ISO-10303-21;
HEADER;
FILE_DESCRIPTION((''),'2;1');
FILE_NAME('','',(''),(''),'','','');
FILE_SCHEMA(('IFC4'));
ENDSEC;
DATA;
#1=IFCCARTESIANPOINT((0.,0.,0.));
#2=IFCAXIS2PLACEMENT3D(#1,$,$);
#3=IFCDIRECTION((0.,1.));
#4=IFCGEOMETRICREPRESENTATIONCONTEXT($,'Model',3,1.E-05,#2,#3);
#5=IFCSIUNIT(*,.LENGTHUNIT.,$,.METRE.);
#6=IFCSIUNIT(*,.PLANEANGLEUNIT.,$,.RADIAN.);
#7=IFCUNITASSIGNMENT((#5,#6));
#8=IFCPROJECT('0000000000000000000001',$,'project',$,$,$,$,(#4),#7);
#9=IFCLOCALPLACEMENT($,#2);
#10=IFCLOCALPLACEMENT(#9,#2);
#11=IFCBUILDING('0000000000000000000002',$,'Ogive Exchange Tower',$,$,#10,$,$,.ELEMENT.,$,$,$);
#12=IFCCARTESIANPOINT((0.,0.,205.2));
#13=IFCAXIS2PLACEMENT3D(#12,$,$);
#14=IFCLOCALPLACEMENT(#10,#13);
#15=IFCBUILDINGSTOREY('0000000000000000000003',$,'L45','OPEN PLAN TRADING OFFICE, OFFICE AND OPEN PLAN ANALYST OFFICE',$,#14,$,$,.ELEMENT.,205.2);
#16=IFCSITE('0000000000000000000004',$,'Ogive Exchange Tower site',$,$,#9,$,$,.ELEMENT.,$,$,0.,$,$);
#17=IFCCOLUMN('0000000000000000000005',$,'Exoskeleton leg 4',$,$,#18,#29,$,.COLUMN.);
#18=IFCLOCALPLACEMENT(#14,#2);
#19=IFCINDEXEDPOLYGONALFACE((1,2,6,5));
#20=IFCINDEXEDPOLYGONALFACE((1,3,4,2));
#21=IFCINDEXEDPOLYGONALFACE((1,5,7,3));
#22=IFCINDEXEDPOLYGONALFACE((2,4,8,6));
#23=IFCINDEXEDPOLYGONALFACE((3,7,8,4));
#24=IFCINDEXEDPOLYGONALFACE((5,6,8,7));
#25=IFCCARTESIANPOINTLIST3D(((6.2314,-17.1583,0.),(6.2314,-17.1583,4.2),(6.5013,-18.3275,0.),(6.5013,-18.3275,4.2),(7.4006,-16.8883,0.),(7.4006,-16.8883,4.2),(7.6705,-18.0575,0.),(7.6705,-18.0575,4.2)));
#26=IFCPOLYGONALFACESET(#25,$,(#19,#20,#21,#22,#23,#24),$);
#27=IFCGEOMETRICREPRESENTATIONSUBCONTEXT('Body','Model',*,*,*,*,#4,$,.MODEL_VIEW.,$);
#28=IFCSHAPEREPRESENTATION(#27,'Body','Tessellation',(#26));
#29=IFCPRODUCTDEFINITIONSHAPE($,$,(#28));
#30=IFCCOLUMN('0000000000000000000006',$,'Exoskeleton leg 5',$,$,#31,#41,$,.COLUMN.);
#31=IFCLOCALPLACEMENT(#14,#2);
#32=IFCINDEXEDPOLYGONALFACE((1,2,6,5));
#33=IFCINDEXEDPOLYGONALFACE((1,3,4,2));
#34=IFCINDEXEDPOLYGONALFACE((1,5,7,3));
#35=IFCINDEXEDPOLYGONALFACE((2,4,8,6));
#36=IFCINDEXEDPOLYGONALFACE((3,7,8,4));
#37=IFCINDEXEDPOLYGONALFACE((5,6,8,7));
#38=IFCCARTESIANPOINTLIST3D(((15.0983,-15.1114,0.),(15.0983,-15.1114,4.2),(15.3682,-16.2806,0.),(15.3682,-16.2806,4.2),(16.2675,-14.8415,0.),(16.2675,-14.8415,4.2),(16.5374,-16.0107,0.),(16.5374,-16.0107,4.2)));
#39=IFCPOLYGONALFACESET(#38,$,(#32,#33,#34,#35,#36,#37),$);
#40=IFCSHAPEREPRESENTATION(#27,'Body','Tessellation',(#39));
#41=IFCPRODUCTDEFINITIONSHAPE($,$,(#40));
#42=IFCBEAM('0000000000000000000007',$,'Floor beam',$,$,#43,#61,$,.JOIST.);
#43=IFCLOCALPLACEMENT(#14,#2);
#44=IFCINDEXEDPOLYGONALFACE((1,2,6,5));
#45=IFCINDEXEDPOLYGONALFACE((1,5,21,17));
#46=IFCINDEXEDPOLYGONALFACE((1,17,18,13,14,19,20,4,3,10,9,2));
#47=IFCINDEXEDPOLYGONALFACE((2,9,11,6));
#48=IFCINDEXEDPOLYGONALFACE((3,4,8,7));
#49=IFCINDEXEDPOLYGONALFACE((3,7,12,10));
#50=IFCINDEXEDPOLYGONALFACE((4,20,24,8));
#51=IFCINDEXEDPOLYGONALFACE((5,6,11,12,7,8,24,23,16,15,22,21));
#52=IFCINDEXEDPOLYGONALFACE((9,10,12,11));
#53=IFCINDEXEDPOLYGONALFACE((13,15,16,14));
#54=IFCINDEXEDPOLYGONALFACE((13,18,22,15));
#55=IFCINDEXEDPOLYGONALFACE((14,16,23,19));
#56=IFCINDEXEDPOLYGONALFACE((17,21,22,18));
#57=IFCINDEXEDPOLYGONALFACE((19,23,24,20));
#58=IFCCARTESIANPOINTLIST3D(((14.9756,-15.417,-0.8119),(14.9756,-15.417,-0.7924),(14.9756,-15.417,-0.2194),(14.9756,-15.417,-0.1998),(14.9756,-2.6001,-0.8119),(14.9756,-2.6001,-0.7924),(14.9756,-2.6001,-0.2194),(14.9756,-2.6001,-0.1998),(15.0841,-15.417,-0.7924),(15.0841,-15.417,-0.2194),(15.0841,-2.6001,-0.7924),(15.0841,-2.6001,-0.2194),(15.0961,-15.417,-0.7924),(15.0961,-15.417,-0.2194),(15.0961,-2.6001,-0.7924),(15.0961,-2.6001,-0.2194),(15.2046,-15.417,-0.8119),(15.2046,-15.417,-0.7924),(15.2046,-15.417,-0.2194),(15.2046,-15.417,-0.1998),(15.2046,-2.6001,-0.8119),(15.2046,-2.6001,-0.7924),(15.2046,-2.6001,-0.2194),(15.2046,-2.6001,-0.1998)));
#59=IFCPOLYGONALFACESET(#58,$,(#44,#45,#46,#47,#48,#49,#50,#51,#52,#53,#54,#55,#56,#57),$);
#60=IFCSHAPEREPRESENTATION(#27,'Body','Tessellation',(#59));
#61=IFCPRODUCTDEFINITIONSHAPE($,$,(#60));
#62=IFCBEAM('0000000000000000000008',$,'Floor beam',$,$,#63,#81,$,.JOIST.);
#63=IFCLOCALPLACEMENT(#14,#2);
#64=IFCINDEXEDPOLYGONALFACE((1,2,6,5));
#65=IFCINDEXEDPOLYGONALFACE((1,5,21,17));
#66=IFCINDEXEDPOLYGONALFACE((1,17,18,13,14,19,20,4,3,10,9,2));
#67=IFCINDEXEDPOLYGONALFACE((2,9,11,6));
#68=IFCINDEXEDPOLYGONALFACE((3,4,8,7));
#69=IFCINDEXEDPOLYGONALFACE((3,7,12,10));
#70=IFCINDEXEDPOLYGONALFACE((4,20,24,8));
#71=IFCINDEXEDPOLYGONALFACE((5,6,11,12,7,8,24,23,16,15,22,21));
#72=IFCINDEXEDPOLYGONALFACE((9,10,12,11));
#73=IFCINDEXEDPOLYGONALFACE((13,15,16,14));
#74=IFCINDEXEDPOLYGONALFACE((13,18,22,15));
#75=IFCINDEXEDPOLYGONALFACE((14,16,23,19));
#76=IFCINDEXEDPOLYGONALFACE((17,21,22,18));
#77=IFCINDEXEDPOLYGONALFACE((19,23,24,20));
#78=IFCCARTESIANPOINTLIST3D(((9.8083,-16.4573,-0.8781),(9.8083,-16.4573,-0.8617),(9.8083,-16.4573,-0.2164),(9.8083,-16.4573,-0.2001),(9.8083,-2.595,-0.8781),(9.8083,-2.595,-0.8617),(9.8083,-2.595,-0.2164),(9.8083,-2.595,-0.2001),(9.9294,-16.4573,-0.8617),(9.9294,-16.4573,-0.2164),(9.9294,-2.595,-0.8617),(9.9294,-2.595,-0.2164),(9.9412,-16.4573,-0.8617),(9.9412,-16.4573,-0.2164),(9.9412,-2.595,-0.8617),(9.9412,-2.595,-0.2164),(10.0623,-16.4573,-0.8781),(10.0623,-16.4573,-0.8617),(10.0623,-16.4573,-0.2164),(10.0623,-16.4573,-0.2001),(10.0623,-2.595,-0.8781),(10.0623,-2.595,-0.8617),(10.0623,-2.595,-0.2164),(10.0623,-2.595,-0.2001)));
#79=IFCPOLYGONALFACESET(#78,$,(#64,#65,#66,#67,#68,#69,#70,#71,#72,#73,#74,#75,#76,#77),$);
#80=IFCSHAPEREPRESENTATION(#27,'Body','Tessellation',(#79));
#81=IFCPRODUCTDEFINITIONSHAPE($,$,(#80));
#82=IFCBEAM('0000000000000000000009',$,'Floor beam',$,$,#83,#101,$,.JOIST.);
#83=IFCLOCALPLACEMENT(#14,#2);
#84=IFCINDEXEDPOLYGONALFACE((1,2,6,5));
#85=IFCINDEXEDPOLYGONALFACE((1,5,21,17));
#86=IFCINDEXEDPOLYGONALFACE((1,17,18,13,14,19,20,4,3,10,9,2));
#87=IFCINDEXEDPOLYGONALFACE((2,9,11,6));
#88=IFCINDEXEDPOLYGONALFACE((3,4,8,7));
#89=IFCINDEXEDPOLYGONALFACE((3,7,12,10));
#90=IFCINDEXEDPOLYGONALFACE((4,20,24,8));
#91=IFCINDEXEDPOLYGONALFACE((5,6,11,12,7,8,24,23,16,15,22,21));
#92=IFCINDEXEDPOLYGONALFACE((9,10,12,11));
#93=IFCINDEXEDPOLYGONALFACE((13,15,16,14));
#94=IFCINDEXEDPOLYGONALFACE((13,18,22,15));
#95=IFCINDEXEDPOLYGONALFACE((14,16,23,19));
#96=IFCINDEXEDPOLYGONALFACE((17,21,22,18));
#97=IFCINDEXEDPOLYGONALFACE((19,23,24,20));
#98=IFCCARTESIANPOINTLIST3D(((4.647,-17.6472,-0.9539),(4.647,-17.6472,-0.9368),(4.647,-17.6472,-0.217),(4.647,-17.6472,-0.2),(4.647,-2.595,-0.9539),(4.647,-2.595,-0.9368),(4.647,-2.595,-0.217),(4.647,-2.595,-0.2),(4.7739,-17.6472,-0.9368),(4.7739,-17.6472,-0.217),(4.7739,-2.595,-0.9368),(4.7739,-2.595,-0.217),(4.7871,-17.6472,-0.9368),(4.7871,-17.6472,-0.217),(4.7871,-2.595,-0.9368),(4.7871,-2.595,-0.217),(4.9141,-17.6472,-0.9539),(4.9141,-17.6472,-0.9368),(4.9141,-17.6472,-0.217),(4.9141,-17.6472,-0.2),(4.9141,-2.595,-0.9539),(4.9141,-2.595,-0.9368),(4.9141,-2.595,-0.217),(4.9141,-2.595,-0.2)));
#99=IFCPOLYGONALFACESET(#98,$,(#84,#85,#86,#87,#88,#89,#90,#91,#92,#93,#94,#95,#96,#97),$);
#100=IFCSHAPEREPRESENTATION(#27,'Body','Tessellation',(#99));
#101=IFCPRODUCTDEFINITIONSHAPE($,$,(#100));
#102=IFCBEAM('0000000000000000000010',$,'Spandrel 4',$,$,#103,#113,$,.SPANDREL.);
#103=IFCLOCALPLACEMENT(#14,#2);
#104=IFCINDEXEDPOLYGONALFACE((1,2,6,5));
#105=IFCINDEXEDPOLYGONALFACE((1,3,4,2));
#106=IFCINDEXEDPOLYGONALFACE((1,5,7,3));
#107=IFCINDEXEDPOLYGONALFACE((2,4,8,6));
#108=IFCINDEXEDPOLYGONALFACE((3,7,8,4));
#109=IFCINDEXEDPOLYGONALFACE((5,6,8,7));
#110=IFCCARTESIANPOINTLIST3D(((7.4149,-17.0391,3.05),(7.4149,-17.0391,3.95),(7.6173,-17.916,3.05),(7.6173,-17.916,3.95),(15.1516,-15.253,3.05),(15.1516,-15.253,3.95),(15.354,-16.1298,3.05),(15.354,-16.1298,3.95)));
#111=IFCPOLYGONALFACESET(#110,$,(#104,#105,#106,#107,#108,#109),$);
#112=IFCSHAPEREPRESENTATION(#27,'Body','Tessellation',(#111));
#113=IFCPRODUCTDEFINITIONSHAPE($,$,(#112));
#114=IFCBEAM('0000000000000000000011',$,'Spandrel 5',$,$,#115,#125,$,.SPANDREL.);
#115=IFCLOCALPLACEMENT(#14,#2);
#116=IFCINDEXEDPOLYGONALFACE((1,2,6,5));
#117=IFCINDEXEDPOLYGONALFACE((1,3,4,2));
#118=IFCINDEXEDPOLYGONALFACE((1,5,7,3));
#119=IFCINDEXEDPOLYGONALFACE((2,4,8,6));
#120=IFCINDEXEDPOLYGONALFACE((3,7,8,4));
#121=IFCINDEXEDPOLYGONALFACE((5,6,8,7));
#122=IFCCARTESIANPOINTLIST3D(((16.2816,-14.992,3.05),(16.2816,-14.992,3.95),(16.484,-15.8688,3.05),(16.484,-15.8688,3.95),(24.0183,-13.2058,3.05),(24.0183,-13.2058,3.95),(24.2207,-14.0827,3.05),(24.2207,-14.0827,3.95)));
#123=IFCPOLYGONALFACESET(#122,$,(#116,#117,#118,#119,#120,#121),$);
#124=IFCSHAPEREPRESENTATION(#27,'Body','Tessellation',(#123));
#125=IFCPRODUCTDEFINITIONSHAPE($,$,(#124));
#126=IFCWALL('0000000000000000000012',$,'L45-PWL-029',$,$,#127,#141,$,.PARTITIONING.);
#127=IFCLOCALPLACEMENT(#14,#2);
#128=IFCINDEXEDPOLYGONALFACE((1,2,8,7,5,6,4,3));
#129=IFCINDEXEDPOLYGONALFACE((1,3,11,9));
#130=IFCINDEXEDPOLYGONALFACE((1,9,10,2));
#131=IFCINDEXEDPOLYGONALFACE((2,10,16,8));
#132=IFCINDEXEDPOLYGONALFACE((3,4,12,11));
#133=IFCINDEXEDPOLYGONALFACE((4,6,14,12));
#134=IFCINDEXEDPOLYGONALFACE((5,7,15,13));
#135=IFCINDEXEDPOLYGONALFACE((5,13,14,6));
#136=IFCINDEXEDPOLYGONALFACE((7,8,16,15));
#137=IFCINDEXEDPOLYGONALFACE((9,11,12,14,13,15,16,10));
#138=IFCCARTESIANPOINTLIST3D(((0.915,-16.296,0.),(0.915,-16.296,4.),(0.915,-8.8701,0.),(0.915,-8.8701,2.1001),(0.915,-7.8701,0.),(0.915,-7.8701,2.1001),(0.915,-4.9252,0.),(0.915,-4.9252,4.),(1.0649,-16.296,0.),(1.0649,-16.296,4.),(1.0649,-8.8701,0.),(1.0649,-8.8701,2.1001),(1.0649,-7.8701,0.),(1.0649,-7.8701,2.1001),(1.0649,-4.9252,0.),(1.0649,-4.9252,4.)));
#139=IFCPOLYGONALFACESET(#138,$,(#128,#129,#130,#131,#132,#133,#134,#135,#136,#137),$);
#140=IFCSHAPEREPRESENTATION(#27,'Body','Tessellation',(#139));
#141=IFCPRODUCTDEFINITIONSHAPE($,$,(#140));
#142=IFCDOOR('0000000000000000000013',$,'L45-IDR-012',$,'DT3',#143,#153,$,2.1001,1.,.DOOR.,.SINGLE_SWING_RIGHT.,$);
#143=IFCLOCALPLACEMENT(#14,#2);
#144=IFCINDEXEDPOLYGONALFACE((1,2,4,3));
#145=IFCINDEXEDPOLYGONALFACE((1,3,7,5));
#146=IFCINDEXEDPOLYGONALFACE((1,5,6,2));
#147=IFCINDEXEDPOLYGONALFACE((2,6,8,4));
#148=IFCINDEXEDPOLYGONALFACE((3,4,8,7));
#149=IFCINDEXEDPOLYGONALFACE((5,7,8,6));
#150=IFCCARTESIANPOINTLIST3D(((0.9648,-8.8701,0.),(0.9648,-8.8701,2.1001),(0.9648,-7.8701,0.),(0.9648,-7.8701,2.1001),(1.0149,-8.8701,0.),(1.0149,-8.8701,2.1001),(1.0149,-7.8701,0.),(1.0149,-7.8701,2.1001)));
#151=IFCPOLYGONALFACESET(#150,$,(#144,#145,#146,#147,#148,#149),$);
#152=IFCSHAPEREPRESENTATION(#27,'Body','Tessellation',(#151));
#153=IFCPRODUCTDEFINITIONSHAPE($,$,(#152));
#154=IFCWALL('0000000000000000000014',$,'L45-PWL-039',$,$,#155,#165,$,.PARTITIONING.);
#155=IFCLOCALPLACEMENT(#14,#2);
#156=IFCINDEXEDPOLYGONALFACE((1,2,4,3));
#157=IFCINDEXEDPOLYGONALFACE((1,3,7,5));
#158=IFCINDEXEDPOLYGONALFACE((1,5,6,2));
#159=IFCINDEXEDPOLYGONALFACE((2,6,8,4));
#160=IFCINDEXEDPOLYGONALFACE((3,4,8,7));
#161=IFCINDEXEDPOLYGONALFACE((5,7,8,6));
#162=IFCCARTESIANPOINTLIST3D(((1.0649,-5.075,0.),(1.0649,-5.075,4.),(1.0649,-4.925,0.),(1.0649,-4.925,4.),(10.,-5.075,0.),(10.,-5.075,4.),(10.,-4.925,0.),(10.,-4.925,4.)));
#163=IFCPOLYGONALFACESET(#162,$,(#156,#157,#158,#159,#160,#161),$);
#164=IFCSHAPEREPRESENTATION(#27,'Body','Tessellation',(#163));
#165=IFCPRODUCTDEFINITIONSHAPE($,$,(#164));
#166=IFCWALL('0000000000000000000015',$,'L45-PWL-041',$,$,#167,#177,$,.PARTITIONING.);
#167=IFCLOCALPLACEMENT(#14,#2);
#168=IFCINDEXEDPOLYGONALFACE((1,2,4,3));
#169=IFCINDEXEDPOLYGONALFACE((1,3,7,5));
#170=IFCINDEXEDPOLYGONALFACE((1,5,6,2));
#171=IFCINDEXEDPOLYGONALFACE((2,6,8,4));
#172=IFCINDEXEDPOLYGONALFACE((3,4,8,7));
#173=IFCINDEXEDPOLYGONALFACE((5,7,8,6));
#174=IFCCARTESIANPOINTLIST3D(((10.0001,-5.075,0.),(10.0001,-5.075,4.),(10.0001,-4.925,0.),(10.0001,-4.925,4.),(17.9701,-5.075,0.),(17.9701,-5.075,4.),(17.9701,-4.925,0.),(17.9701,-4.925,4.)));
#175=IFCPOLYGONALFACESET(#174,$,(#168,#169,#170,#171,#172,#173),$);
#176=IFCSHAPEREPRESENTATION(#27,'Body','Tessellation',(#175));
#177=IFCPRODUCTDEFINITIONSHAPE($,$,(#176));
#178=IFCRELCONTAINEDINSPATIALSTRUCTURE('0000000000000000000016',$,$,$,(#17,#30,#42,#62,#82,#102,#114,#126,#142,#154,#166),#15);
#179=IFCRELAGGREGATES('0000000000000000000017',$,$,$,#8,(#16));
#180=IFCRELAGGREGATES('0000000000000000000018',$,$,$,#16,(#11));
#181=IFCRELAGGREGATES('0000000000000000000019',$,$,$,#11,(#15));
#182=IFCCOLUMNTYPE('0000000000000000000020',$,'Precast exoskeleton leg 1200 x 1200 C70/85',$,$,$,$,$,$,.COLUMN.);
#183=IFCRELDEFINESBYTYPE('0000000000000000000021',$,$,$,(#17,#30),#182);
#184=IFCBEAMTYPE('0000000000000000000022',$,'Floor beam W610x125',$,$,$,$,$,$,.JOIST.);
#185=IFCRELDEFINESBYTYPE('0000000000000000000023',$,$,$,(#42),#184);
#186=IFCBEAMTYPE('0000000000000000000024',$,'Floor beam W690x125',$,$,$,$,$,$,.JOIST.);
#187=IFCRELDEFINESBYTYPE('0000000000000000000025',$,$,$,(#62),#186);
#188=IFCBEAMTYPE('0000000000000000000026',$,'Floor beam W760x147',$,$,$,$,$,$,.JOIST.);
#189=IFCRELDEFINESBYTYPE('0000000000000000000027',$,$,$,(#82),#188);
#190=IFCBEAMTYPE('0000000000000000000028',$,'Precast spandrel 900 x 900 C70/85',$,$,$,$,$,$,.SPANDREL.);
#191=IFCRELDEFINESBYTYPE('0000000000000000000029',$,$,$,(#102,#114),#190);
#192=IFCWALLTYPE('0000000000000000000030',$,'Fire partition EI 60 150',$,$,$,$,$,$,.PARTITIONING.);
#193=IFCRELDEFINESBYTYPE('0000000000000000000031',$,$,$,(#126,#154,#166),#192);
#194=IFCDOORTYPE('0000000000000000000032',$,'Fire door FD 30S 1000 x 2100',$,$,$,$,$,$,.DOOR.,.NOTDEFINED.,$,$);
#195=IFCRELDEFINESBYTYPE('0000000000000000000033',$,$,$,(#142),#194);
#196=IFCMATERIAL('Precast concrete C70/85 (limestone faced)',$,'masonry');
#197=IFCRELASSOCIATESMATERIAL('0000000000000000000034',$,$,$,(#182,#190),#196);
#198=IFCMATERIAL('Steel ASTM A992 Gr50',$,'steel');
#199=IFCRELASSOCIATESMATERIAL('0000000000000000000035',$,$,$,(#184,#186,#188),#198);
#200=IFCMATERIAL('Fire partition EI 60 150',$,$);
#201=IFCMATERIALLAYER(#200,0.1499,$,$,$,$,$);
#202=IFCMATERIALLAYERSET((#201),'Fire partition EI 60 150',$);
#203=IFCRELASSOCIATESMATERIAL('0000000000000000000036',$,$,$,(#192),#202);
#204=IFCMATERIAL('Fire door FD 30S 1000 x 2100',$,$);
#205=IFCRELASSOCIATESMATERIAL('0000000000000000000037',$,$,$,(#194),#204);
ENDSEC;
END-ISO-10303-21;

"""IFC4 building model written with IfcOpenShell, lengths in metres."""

from ifc_helpers import new_model, si_unit, direction, frame, frame_2d, origin, origin_2d, place, context, subcontext, project, spatial, rectangle, i_section, extrude, material, layer, layer_set, material_profile, profile_set, type_object, element, fill, save


model = new_model("IFC4")

# Units and contexts
model_context = context("Model", 3, precision=1e-05, world=origin(), true_north=direction((0.0, 1.0)))
body_context = subcontext(model_context, "Body", "Model", "MODEL_VIEW")
ifc_project = project(units=[si_unit("LENGTHUNIT", "METRE"), si_unit("PLANEANGLEUNIT", "RADIAN")], contexts=[model_context])

# Site, building, storey
site_placement = place(None, origin())
site = spatial("IfcSite", under=ifc_project, at=site_placement, Name="Ogive Exchange Tower site", CompositionType="ELEMENT", RefElevation=0.0)
building_placement = place(site_placement, origin())
building = spatial("IfcBuilding", under=site, at=building_placement, Name="Ogive Exchange Tower", CompositionType="ELEMENT")
storey_placement = place(building_placement, frame((0.0, 0.0, 205.2)))
storey = spatial("IfcBuildingStorey", under=building, at=storey_placement, Name="L45", Description="OPEN PLAN TRADING OFFICE, OFFICE AND OPEN PLAN ANALYST OFFICE", CompositionType="ELEMENT", Elevation=205.2)

# Columns
ifc_material_1 = material(Name="Precast concrete C70/85 (limestone faced)", Category="masonry")
ifc_material_profile_1 = material_profile(ifc_material_1, rectangle(XDim=1.2, YDim=1.2, at=origin_2d()), Name="1200 x 1200")
ifc_profile_set_1 = profile_set([ifc_material_profile_1], Name="Precast concrete C70/85 (limestone faced)")
column_type = type_object("IfcColumnType", Name="Precast exoskeleton leg 1200 x 1200 C70/85", PredefinedType="COLUMN", material=ifc_profile_set_1)
for number, where, z_axis, x_axis, name in (
    (1, (6.9509, -17.6079, 0.0), (0.0, 0.0, 1.0), (0.97437, 0.224951, 0.0), "Exoskeleton leg 4"),
    (2, (15.8179, -15.561, 0.0), (0.0, 0.0, 1.0), (0.97437, 0.224951, 0.0), "Exoskeleton leg 5"),
):
    element("IfcColumn", number, at=place(storey_placement, frame(where, z_axis=z_axis, x_axis=x_axis)), inside=storey, type_object=column_type, Name=name, PredefinedType="COLUMN", context=body_context, shape_type="SweptSolid", body=[
        extrude(rectangle(XDim=1.2, YDim=1.2, at=origin_2d()), origin(), (0.0, 0.0, 1.0), 4.2),
    ])

# Beams
ifc_material_2 = material(Name="Steel ASTM A992 Gr50", Category="steel")
ifc_material_profile_2 = material_profile(ifc_material_2, i_section(OverallWidth=0.229, OverallDepth=0.6121, WebThickness=0.012, FlangeThickness=0.0195, at=origin_2d()), Name="W610x125")
ifc_profile_set_2 = profile_set([ifc_material_profile_2], Name="Steel ASTM A992 Gr50")
beam_type_1 = type_object("IfcBeamType", Name="Floor beam W610x125", PredefinedType="JOIST", material=ifc_profile_set_2)
beam_1_placement = place(storey_placement, frame((15.0901, -15.417, -0.5059), z_axis=(0.0, 1.0, 0.0), x_axis=(-1.0, 0.0, 0.0)))
element("IfcBeam", 3, at=beam_1_placement, inside=storey, type_object=beam_type_1, Name="Floor beam", PredefinedType="JOIST", context=body_context, shape_type="SweptSolid", body=[
    extrude(i_section(OverallWidth=0.229, OverallDepth=0.6121, WebThickness=0.012, FlangeThickness=0.0195, at=origin_2d()), origin(), (0.0, 0.0, 1.0), 12.8169),
])
ifc_material_profile_3 = material_profile(ifc_material_2, i_section(OverallWidth=0.2539, OverallDepth=0.678, WebThickness=0.0117, FlangeThickness=0.0164, at=origin_2d()), Name="W690x125")
ifc_profile_set_3 = profile_set([ifc_material_profile_3], Name="Steel ASTM A992 Gr50")
beam_type_2 = type_object("IfcBeamType", Name="Floor beam W690x125", PredefinedType="JOIST", material=ifc_profile_set_3)
beam_2_placement = place(storey_placement, frame((9.9353, -16.4573, -0.5391), z_axis=(0.0, 1.0, 0.0), x_axis=(-1.0, 0.0, 0.0)))
element("IfcBeam", 4, at=beam_2_placement, inside=storey, type_object=beam_type_2, Name="Floor beam", PredefinedType="JOIST", context=body_context, shape_type="SweptSolid", body=[
    extrude(i_section(OverallWidth=0.2539, OverallDepth=0.678, WebThickness=0.0117, FlangeThickness=0.0164, at=origin_2d()), origin(), (0.0, 0.0, 1.0), 13.8623),
])
ifc_material_profile_4 = material_profile(ifc_material_2, i_section(OverallWidth=0.2671, OverallDepth=0.7539, WebThickness=0.0132, FlangeThickness=0.0171, at=origin_2d()), Name="W760x147")
ifc_profile_set_4 = profile_set([ifc_material_profile_4], Name="Steel ASTM A992 Gr50")
beam_type_3 = type_object("IfcBeamType", Name="Floor beam W760x147", PredefinedType="JOIST", material=ifc_profile_set_4)
beam_3_placement = place(storey_placement, frame((4.7805, -17.6472, -0.5769), z_axis=(0.0, 1.0, 0.0), x_axis=(-1.0, 0.0, 0.0)))
element("IfcBeam", 5, at=beam_3_placement, inside=storey, type_object=beam_type_3, Name="Floor beam", PredefinedType="JOIST", context=body_context, shape_type="SweptSolid", body=[
    extrude(i_section(OverallWidth=0.2671, OverallDepth=0.7539, WebThickness=0.0132, FlangeThickness=0.0171, at=origin_2d()), origin(), (0.0, 0.0, 1.0), 15.0522),
])
ifc_material_profile_5 = material_profile(ifc_material_1, rectangle(XDim=0.8999, YDim=0.8999, at=origin_2d()), Name="900 x 900")
ifc_profile_set_5 = profile_set([ifc_material_profile_5], Name="Precast concrete C70/85 (limestone faced)")
beam_type_4 = type_object("IfcBeamType", Name="Precast spandrel 900 x 900 C70/85", PredefinedType="SPANDREL", material=ifc_profile_set_5)
for number, where, z_axis, x_axis, name in (
    (6, (7.5161, -17.4775, 3.5), (0.97437, 0.224952, 0.0), (-0.224952, 0.97437, 0.0), "Spandrel 4"),
    (7, (16.3828, -15.4304, 3.5), (0.97437, 0.224952, 0.0), (-0.224952, 0.97437, 0.0), "Spandrel 5"),
):
    element("IfcBeam", number, at=place(storey_placement, frame(where, z_axis=z_axis, x_axis=x_axis)), inside=storey, type_object=beam_type_4, Name=name, PredefinedType="SPANDREL", context=body_context, shape_type="SweptSolid", body=[
        extrude(rectangle(XDim=0.8999, YDim=0.8999, at=origin_2d()), origin(), (0.0, 0.0, 1.0), 7.9402),
    ])

# Wall, opening, door
ifc_material_3 = material(Name="Fire partition EI 60 150")
ifc_layer_1 = layer(ifc_material_3, 0.1499)
ifc_layer_set_1 = layer_set([ifc_layer_1], Name="Fire partition EI 60 150")
wall_type_1 = type_object("IfcWallType", Name="Fire partition EI 60 150", PredefinedType="PARTITIONING", material=ifc_layer_set_1)
wall_1_placement = place(storey_placement, frame((0.99, -4.925, 0.0), z_axis=(0.0, 0.0, 1.0), x_axis=(0.0, -1.0, 0.0)))
wall_1 = element("IfcWall", 8, at=wall_1_placement, inside=storey, type_object=wall_type_1, Name="L45-PWL-029", PredefinedType="PARTITIONING", context=body_context, shape_type="SweptSolid", body=[
    extrude(rectangle(XDim=11.3708, YDim=0.1499, at=frame_2d((5.6855, 0.0))), origin(), (0.0, 0.0, 1.0), 4.0),
])
opening_1_placement = place(wall_1_placement, frame((2.9451, 0.0, 0.0)))
opening_1 = element("IfcOpeningElement", 9, at=opening_1_placement, cuts=wall_1, PredefinedType="OPENING", context=body_context, shape_type="SweptSolid", body=[
    extrude(rectangle(XDim=1.0, YDim=2.1001, at=frame_2d((0.5, 1.05))), frame((0.0, 0.085, 0.0), z_axis=(0.0, -1.0, 0.0), x_axis=(1.0, 0.0, 0.0)), (0.0, 0.0, 1.0), 0.1699),
])
ifc_material_4 = material(Name="Fire door FD 30S 1000 x 2100")
door_type_1 = type_object("IfcDoorType", Name="Fire door FD 30S 1000 x 2100", OperationType="NOTDEFINED", PredefinedType="DOOR", material=ifc_material_4)
door_1_placement = place(opening_1_placement, origin())
door_1 = element("IfcDoor", 10, at=door_1_placement, inside=storey, type_object=door_type_1, Name="L45-IDR-012", ObjectType="DT3", OperationType="SINGLE_SWING_RIGHT", OverallHeight=2.1001, OverallWidth=1.0, PredefinedType="DOOR", context=body_context, shape_type="SweptSolid", body=[
    extrude(rectangle(XDim=1.0, YDim=2.1001, at=frame_2d((0.5, 1.05))), frame((0.0, 0.0249, 0.0), z_axis=(0.0, -1.0, 0.0), x_axis=(1.0, 0.0, 0.0)), (0.0, 0.0, 1.0), 0.05),
])
fill(opening_1, door_1)

# Walls
wall_2_placement = place(storey_placement, frame((10.0, -5.0, 0.0), z_axis=(0.0, 0.0, 1.0), x_axis=(-1.0, 0.0, 0.0)))
element("IfcWall", 11, at=wall_2_placement, inside=storey, type_object=wall_type_1, Name="L45-PWL-039", PredefinedType="PARTITIONING", context=body_context, shape_type="SweptSolid", body=[
    extrude(rectangle(XDim=8.9351, YDim=0.1499, at=frame_2d((4.4675, 0.0))), origin(), (0.0, 0.0, 1.0), 4.0),
])
wall_3_placement = place(storey_placement, frame((17.97, -5.0, 0.0), z_axis=(0.0, 0.0, 1.0), x_axis=(-1.0, 0.0, 0.0)))
element("IfcWall", 12, at=wall_3_placement, inside=storey, type_object=wall_type_1, Name="L45-PWL-041", PredefinedType="PARTITIONING", context=body_context, shape_type="SweptSolid", body=[
    extrude(rectangle(XDim=7.97, YDim=0.1499, at=frame_2d((3.9849, 0.0))), origin(), (0.0, 0.0, 1.0), 4.0),
])

save(model, "model.ifc")
